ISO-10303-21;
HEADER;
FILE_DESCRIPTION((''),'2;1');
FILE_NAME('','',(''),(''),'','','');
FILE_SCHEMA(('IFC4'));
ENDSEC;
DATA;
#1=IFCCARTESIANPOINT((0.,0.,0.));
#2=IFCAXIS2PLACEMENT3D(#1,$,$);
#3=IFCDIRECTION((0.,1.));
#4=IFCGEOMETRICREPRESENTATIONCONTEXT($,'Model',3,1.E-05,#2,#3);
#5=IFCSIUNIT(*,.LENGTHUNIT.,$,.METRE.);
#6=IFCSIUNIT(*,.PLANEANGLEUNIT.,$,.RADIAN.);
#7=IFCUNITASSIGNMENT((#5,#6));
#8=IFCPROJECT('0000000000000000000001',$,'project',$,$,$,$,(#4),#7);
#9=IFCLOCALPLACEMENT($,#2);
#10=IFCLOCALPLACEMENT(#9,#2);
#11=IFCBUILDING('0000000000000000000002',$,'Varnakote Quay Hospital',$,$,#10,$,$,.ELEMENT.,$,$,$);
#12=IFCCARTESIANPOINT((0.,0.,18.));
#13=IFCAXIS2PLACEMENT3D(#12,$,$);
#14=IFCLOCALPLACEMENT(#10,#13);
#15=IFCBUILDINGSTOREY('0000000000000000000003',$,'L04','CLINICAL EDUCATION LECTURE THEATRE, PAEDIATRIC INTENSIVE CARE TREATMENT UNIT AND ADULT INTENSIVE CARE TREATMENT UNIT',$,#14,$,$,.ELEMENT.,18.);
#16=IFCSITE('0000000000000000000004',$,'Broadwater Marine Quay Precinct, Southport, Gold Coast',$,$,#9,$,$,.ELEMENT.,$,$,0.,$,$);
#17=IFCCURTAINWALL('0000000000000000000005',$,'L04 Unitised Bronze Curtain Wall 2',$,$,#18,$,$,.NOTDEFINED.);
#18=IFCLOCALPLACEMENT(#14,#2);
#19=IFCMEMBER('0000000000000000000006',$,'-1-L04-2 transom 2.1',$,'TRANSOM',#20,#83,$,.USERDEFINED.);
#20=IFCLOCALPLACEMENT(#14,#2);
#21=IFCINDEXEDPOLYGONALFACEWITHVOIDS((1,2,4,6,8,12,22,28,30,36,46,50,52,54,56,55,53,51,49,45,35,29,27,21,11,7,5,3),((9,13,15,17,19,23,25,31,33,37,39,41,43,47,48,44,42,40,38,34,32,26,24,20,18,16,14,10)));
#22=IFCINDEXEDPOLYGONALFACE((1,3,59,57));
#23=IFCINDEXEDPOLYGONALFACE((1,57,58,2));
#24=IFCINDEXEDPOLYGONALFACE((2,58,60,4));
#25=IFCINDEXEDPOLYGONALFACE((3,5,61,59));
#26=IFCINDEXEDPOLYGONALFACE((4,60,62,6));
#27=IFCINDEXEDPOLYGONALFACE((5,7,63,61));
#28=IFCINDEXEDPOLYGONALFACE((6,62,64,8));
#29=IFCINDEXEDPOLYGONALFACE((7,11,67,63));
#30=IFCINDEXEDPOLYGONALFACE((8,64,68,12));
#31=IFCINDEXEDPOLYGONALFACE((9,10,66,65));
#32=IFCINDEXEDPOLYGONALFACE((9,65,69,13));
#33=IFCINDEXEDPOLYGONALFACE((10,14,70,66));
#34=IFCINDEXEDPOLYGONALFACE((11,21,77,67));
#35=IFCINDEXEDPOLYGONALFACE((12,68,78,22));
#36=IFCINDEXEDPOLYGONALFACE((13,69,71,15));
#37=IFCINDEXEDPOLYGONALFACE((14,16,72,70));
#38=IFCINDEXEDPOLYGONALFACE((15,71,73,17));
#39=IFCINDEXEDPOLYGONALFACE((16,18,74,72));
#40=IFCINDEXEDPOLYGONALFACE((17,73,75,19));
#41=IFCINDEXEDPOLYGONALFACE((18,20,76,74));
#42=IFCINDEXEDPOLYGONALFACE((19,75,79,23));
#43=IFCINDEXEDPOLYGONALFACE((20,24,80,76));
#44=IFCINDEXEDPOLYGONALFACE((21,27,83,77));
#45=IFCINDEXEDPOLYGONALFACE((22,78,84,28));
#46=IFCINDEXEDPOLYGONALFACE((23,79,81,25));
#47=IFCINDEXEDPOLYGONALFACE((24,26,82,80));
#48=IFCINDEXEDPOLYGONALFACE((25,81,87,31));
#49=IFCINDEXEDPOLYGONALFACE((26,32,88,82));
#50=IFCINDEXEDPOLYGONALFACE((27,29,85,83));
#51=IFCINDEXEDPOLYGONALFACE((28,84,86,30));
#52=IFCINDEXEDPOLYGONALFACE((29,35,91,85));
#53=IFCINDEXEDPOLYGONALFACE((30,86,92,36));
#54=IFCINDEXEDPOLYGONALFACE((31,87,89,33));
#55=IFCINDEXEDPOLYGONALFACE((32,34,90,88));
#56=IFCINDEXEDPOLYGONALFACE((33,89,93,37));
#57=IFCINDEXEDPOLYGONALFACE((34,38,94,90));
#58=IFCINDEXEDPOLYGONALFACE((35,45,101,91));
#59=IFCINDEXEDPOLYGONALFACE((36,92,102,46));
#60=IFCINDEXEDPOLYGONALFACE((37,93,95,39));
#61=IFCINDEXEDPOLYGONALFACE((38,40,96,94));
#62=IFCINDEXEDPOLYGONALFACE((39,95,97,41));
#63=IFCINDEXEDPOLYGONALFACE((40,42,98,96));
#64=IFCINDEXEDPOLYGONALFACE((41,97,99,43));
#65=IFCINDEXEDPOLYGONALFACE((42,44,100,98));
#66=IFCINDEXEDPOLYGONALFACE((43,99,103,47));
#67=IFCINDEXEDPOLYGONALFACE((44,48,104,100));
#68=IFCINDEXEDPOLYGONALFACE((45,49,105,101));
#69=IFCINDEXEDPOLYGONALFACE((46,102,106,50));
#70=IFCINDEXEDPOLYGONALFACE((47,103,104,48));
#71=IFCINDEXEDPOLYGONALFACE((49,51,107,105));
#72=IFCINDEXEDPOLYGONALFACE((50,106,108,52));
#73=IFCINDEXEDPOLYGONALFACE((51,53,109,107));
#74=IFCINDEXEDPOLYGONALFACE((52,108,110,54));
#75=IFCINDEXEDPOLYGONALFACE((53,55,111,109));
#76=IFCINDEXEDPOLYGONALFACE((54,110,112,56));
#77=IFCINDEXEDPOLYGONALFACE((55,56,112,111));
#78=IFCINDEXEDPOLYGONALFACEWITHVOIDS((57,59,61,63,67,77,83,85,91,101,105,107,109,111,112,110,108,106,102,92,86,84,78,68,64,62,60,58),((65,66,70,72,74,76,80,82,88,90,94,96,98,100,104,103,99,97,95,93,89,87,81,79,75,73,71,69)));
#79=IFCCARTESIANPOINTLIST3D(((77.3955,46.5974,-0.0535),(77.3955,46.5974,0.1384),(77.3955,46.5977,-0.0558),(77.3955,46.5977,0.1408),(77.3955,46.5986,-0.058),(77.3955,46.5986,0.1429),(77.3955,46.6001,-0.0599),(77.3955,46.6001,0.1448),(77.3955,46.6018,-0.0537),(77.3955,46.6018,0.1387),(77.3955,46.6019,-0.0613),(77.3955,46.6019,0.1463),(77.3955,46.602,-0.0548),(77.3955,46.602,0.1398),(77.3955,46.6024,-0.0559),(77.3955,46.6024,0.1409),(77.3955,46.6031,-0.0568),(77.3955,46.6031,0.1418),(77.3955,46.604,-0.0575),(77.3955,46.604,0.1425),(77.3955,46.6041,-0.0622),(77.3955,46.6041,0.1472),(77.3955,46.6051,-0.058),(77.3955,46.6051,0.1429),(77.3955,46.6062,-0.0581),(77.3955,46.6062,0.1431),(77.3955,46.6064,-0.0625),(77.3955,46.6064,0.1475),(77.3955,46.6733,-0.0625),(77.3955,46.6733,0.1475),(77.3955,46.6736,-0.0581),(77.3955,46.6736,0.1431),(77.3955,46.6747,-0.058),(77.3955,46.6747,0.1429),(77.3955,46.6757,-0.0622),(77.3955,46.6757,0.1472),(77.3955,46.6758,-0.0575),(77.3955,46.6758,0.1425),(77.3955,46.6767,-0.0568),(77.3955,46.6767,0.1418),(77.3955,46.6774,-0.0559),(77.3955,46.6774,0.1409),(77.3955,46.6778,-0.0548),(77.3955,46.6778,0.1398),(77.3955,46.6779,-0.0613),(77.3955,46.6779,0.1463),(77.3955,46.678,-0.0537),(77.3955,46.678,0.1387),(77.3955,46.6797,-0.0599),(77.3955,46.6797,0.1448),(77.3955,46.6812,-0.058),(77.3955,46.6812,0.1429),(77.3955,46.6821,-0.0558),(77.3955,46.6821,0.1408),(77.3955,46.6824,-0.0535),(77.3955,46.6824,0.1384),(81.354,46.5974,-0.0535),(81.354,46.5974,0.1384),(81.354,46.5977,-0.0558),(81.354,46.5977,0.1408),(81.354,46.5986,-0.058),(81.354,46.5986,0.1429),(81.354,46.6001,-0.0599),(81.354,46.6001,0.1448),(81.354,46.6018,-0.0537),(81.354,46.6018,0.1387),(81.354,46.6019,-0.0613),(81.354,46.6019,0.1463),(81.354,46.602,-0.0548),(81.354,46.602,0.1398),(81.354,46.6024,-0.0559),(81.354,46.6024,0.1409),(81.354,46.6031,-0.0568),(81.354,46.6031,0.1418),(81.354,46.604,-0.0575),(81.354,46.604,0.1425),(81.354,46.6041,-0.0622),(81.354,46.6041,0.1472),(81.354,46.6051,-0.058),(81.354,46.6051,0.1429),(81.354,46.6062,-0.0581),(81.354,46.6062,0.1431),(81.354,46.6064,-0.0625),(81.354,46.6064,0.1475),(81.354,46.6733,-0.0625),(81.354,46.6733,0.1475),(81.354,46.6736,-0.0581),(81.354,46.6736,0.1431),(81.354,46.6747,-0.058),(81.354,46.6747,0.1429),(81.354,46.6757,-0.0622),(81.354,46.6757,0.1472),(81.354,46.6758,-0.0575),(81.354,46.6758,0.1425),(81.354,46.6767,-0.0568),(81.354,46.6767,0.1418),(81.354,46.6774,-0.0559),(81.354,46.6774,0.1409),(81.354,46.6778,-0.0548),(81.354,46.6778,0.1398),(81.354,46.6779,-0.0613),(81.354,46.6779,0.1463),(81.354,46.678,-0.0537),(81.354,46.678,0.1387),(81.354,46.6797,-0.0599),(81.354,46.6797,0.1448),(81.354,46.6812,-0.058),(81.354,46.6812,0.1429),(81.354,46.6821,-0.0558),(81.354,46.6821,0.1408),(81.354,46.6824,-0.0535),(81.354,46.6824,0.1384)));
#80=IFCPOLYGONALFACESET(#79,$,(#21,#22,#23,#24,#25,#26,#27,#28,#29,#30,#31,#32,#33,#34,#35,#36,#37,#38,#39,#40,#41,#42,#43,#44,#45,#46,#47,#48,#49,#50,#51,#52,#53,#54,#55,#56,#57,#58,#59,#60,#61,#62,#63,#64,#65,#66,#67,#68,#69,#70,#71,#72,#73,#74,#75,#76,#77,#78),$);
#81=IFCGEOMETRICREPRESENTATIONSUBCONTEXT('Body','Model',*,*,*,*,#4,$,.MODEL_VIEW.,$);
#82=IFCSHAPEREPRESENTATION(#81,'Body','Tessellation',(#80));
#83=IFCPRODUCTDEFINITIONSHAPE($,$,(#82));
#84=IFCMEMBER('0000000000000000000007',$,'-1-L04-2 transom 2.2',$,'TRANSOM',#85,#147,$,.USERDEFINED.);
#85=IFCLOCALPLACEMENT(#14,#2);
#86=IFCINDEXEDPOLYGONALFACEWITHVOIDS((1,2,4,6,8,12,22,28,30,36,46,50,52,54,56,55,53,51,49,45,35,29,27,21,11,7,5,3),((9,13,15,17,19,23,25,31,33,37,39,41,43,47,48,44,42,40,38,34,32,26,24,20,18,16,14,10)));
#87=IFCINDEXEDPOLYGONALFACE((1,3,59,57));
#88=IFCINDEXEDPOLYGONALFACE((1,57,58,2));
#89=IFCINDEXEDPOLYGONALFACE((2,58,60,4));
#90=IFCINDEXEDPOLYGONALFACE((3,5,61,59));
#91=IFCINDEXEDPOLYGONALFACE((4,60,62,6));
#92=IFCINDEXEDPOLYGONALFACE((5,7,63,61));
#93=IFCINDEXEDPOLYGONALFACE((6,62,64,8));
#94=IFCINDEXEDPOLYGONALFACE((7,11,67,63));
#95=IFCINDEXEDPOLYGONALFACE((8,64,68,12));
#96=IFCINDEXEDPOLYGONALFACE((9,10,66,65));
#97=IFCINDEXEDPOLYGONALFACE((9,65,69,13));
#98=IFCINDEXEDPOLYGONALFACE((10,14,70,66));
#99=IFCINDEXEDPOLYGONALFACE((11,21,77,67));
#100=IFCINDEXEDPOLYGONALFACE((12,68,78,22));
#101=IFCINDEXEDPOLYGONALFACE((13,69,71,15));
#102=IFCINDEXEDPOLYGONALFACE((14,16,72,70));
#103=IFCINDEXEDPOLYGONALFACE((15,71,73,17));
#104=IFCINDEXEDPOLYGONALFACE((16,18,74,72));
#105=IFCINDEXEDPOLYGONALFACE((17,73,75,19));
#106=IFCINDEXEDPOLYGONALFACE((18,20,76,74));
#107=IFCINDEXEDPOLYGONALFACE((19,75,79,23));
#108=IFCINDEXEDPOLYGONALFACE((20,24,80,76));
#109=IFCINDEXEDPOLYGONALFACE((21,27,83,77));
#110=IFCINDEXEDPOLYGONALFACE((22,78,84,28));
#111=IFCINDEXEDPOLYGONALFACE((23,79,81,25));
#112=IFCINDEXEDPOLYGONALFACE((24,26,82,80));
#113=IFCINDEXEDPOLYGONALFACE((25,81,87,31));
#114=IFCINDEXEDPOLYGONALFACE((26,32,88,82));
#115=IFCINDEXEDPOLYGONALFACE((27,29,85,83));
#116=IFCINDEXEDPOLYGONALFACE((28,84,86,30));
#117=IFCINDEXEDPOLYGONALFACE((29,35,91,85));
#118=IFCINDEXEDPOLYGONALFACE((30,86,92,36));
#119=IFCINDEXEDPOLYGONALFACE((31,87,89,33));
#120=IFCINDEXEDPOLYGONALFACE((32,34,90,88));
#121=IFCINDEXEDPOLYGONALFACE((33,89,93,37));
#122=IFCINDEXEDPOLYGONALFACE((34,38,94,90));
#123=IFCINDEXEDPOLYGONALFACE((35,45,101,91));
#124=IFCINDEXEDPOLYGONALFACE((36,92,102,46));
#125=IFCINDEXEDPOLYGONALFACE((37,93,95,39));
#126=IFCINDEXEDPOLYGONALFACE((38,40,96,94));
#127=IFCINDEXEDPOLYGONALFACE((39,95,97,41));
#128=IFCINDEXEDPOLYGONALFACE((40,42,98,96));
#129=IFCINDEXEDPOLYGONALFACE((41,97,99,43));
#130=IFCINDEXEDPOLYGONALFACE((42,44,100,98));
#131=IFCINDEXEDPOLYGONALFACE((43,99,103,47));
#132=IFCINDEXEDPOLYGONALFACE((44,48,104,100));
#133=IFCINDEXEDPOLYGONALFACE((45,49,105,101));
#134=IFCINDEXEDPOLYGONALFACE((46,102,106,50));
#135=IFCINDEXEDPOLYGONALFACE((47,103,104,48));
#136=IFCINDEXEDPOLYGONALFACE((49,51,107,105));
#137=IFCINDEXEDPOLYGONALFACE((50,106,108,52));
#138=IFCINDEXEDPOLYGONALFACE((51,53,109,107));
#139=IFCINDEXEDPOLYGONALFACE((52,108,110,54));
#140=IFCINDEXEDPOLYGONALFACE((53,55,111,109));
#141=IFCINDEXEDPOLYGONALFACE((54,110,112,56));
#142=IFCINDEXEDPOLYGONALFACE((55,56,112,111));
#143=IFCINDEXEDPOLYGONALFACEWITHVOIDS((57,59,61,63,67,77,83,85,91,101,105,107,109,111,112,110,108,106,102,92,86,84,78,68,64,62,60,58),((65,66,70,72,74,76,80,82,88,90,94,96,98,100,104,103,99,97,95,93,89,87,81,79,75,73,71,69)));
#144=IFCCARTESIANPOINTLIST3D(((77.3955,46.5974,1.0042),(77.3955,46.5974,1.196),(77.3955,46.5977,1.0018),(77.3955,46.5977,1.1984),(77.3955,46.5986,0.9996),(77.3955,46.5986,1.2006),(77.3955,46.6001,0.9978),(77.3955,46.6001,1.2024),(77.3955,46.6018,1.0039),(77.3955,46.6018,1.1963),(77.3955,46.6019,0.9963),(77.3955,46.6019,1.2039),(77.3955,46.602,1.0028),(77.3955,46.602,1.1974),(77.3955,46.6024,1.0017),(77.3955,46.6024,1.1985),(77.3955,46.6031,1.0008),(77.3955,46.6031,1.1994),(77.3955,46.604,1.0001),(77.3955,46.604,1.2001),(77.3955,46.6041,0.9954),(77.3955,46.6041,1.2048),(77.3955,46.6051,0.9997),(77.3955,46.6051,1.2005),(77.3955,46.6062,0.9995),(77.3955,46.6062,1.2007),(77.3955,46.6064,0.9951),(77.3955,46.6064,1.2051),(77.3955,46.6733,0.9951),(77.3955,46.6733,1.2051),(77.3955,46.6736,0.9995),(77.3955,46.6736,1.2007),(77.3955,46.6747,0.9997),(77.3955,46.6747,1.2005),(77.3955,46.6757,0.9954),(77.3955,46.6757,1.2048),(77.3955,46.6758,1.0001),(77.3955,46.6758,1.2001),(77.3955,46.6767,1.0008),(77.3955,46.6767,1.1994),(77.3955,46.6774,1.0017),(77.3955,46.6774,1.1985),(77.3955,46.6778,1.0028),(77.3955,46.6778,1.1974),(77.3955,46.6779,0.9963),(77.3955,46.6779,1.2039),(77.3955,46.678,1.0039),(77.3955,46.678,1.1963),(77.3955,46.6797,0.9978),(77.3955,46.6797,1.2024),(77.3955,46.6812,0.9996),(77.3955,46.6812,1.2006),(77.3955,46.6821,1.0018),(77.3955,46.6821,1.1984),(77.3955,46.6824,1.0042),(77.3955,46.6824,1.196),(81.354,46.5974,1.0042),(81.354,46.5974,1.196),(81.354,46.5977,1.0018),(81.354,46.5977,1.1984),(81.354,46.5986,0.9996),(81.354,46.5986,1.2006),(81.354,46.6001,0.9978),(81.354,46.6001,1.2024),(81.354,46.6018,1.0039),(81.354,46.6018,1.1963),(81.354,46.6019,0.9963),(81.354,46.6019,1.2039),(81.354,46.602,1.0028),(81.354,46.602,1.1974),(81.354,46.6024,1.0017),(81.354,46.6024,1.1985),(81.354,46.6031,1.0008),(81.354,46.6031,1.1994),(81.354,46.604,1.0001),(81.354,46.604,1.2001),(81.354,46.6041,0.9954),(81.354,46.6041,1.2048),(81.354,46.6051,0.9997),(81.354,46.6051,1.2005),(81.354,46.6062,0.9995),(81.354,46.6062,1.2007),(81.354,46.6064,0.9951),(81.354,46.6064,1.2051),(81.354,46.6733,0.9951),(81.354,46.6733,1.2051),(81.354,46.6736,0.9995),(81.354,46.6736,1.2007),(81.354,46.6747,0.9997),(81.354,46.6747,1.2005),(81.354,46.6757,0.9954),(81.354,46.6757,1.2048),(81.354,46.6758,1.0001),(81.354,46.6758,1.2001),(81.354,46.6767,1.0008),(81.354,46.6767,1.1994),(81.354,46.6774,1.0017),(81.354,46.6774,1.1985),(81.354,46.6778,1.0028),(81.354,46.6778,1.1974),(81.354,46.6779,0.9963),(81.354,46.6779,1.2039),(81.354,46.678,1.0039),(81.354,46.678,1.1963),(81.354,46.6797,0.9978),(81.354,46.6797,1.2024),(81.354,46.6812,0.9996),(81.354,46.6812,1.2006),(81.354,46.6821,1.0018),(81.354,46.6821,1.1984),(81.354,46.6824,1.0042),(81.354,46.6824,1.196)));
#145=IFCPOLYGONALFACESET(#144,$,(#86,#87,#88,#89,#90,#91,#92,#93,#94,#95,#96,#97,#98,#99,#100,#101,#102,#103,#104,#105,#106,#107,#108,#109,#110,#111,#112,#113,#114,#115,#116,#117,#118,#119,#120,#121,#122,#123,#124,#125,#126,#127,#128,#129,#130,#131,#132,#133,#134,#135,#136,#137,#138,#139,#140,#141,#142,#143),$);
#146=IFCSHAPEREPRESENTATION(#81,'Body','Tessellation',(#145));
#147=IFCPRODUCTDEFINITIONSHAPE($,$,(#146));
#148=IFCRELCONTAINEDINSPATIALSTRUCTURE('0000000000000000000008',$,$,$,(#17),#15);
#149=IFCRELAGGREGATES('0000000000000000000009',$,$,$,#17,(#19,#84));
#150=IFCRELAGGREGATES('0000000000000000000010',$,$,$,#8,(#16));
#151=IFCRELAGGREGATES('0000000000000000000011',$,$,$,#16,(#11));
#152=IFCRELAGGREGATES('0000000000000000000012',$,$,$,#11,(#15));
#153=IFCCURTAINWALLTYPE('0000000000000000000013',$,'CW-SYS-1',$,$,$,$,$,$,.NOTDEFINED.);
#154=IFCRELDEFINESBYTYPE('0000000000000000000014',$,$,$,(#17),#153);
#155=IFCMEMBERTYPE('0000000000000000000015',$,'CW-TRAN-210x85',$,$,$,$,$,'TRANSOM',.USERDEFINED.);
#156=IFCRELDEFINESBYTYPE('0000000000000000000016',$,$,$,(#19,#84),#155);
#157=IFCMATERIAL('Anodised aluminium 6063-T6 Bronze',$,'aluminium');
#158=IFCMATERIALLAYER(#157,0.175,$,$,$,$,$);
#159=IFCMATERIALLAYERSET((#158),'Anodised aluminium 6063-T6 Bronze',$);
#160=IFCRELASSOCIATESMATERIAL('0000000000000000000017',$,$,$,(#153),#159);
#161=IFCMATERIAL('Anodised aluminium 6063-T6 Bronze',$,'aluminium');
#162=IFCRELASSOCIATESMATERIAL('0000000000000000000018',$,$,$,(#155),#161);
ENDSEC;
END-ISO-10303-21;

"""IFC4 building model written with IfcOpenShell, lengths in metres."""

from ifc_helpers import new_model, si_unit, direction, frame, origin, origin_2d, place, context, subcontext, project, spatial, hollow_rectangle, extrude, material, layer, layer_set, material_profile, profile_set, type_object, element, aggregate, save


model = new_model("IFC4")

# Units and contexts
model_context = context("Model", 3, precision=1e-05, world=origin(), true_north=direction((0.0, 1.0)))
body_context = subcontext(model_context, "Body", "Model", "MODEL_VIEW")
ifc_project = project(units=[si_unit("LENGTHUNIT", "METRE"), si_unit("PLANEANGLEUNIT", "RADIAN")], contexts=[model_context])

# Site, building, storey
site_placement = place(None, origin())
site = spatial("IfcSite", under=ifc_project, at=site_placement, Name="Broadwater Marine Quay Precinct, Southport, Gold Coast", CompositionType="ELEMENT", RefElevation=0.0)
building_placement = place(site_placement, origin())
building = spatial("IfcBuilding", under=site, at=building_placement, Name="Varnakote Quay Hospital", CompositionType="ELEMENT")
storey_placement = place(building_placement, frame((0.0, 0.0, 18.0)))
storey = spatial("IfcBuildingStorey", under=building, at=storey_placement, Name="L04", Description="CLINICAL EDUCATION LECTURE THEATRE, PAEDIATRIC INTENSIVE CARE TREATMENT UNIT AND ADULT INTENSIVE CARE TREATMENT UNIT", CompositionType="ELEMENT", Elevation=18.0)

# Shared definitions
ifc_material_1 = material(Name="Anodised aluminium 6063-T6 Bronze", Category="aluminium")
ifc_layer_1 = layer(ifc_material_1, 0.175)
ifc_layer_set_1 = layer_set([ifc_layer_1], Name="Anodised aluminium 6063-T6 Bronze")
curtain_wall_type = type_object("IfcCurtainWallType", Name="CW-SYS-1", PredefinedType="NOTDEFINED", material=ifc_layer_set_1)

# Curtain wall, members
curtain_wall_1_placement = place(storey_placement, origin())
curtain_wall_1 = element("IfcCurtainWall", 1, at=curtain_wall_1_placement, inside=storey, type_object=curtain_wall_type, Name="L04 Unitised Bronze Curtain Wall 2", PredefinedType="NOTDEFINED")
ifc_material_2 = material(Name="Anodised aluminium 6063-T6 Bronze", Category="aluminium")
ifc_material_profile_1 = material_profile(ifc_material_2, hollow_rectangle(XDim=0.085, YDim=0.21, WallThickness=0.0044, InnerFilletRadius=0.0044, OuterFilletRadius=0.009, at=origin_2d()), Name="CW-TRAN-210x85")
ifc_profile_set_1 = profile_set([ifc_material_profile_1], Name="Anodised aluminium 6063-T6 Bronze")
member_type_1 = type_object("IfcMemberType", Name="CW-TRAN-210x85", ElementType="TRANSOM", PredefinedType="USERDEFINED", material=ifc_profile_set_1)
member_1_placement = place(storey_placement, frame((81.354, 46.6399, 0.0425), z_axis=(-1.0, 0.0, 0.0), x_axis=(0.0, -1.0, 0.0)))
member_1 = element("IfcMember", 2, at=member_1_placement, type_object=member_type_1, Name="-1-L04-2 transom 2.1", ObjectType="TRANSOM", PredefinedType="USERDEFINED", context=body_context, shape_type="SweptSolid", body=[
    extrude(hollow_rectangle(XDim=0.085, YDim=0.21, WallThickness=0.0044, InnerFilletRadius=0.0044, OuterFilletRadius=0.009, at=origin_2d()), origin(), (0.0, 0.0, 1.0), 3.9585),
])
member_2_placement = place(storey_placement, frame((81.354, 46.6399, 1.1001), z_axis=(-1.0, 0.0, 0.0), x_axis=(0.0, -1.0, 0.0)))
member_2 = element("IfcMember", 3, at=member_2_placement, type_object=member_type_1, Name="-1-L04-2 transom 2.2", ObjectType="TRANSOM", PredefinedType="USERDEFINED", context=body_context, shape_type="SweptSolid", body=[
    extrude(hollow_rectangle(XDim=0.085, YDim=0.21, WallThickness=0.0044, InnerFilletRadius=0.0044, OuterFilletRadius=0.009, at=origin_2d()), origin(), (0.0, 0.0, 1.0), 3.9585),
])
aggregate(curtain_wall_1, [member_1, member_2])

save(model, "model.ifc")
